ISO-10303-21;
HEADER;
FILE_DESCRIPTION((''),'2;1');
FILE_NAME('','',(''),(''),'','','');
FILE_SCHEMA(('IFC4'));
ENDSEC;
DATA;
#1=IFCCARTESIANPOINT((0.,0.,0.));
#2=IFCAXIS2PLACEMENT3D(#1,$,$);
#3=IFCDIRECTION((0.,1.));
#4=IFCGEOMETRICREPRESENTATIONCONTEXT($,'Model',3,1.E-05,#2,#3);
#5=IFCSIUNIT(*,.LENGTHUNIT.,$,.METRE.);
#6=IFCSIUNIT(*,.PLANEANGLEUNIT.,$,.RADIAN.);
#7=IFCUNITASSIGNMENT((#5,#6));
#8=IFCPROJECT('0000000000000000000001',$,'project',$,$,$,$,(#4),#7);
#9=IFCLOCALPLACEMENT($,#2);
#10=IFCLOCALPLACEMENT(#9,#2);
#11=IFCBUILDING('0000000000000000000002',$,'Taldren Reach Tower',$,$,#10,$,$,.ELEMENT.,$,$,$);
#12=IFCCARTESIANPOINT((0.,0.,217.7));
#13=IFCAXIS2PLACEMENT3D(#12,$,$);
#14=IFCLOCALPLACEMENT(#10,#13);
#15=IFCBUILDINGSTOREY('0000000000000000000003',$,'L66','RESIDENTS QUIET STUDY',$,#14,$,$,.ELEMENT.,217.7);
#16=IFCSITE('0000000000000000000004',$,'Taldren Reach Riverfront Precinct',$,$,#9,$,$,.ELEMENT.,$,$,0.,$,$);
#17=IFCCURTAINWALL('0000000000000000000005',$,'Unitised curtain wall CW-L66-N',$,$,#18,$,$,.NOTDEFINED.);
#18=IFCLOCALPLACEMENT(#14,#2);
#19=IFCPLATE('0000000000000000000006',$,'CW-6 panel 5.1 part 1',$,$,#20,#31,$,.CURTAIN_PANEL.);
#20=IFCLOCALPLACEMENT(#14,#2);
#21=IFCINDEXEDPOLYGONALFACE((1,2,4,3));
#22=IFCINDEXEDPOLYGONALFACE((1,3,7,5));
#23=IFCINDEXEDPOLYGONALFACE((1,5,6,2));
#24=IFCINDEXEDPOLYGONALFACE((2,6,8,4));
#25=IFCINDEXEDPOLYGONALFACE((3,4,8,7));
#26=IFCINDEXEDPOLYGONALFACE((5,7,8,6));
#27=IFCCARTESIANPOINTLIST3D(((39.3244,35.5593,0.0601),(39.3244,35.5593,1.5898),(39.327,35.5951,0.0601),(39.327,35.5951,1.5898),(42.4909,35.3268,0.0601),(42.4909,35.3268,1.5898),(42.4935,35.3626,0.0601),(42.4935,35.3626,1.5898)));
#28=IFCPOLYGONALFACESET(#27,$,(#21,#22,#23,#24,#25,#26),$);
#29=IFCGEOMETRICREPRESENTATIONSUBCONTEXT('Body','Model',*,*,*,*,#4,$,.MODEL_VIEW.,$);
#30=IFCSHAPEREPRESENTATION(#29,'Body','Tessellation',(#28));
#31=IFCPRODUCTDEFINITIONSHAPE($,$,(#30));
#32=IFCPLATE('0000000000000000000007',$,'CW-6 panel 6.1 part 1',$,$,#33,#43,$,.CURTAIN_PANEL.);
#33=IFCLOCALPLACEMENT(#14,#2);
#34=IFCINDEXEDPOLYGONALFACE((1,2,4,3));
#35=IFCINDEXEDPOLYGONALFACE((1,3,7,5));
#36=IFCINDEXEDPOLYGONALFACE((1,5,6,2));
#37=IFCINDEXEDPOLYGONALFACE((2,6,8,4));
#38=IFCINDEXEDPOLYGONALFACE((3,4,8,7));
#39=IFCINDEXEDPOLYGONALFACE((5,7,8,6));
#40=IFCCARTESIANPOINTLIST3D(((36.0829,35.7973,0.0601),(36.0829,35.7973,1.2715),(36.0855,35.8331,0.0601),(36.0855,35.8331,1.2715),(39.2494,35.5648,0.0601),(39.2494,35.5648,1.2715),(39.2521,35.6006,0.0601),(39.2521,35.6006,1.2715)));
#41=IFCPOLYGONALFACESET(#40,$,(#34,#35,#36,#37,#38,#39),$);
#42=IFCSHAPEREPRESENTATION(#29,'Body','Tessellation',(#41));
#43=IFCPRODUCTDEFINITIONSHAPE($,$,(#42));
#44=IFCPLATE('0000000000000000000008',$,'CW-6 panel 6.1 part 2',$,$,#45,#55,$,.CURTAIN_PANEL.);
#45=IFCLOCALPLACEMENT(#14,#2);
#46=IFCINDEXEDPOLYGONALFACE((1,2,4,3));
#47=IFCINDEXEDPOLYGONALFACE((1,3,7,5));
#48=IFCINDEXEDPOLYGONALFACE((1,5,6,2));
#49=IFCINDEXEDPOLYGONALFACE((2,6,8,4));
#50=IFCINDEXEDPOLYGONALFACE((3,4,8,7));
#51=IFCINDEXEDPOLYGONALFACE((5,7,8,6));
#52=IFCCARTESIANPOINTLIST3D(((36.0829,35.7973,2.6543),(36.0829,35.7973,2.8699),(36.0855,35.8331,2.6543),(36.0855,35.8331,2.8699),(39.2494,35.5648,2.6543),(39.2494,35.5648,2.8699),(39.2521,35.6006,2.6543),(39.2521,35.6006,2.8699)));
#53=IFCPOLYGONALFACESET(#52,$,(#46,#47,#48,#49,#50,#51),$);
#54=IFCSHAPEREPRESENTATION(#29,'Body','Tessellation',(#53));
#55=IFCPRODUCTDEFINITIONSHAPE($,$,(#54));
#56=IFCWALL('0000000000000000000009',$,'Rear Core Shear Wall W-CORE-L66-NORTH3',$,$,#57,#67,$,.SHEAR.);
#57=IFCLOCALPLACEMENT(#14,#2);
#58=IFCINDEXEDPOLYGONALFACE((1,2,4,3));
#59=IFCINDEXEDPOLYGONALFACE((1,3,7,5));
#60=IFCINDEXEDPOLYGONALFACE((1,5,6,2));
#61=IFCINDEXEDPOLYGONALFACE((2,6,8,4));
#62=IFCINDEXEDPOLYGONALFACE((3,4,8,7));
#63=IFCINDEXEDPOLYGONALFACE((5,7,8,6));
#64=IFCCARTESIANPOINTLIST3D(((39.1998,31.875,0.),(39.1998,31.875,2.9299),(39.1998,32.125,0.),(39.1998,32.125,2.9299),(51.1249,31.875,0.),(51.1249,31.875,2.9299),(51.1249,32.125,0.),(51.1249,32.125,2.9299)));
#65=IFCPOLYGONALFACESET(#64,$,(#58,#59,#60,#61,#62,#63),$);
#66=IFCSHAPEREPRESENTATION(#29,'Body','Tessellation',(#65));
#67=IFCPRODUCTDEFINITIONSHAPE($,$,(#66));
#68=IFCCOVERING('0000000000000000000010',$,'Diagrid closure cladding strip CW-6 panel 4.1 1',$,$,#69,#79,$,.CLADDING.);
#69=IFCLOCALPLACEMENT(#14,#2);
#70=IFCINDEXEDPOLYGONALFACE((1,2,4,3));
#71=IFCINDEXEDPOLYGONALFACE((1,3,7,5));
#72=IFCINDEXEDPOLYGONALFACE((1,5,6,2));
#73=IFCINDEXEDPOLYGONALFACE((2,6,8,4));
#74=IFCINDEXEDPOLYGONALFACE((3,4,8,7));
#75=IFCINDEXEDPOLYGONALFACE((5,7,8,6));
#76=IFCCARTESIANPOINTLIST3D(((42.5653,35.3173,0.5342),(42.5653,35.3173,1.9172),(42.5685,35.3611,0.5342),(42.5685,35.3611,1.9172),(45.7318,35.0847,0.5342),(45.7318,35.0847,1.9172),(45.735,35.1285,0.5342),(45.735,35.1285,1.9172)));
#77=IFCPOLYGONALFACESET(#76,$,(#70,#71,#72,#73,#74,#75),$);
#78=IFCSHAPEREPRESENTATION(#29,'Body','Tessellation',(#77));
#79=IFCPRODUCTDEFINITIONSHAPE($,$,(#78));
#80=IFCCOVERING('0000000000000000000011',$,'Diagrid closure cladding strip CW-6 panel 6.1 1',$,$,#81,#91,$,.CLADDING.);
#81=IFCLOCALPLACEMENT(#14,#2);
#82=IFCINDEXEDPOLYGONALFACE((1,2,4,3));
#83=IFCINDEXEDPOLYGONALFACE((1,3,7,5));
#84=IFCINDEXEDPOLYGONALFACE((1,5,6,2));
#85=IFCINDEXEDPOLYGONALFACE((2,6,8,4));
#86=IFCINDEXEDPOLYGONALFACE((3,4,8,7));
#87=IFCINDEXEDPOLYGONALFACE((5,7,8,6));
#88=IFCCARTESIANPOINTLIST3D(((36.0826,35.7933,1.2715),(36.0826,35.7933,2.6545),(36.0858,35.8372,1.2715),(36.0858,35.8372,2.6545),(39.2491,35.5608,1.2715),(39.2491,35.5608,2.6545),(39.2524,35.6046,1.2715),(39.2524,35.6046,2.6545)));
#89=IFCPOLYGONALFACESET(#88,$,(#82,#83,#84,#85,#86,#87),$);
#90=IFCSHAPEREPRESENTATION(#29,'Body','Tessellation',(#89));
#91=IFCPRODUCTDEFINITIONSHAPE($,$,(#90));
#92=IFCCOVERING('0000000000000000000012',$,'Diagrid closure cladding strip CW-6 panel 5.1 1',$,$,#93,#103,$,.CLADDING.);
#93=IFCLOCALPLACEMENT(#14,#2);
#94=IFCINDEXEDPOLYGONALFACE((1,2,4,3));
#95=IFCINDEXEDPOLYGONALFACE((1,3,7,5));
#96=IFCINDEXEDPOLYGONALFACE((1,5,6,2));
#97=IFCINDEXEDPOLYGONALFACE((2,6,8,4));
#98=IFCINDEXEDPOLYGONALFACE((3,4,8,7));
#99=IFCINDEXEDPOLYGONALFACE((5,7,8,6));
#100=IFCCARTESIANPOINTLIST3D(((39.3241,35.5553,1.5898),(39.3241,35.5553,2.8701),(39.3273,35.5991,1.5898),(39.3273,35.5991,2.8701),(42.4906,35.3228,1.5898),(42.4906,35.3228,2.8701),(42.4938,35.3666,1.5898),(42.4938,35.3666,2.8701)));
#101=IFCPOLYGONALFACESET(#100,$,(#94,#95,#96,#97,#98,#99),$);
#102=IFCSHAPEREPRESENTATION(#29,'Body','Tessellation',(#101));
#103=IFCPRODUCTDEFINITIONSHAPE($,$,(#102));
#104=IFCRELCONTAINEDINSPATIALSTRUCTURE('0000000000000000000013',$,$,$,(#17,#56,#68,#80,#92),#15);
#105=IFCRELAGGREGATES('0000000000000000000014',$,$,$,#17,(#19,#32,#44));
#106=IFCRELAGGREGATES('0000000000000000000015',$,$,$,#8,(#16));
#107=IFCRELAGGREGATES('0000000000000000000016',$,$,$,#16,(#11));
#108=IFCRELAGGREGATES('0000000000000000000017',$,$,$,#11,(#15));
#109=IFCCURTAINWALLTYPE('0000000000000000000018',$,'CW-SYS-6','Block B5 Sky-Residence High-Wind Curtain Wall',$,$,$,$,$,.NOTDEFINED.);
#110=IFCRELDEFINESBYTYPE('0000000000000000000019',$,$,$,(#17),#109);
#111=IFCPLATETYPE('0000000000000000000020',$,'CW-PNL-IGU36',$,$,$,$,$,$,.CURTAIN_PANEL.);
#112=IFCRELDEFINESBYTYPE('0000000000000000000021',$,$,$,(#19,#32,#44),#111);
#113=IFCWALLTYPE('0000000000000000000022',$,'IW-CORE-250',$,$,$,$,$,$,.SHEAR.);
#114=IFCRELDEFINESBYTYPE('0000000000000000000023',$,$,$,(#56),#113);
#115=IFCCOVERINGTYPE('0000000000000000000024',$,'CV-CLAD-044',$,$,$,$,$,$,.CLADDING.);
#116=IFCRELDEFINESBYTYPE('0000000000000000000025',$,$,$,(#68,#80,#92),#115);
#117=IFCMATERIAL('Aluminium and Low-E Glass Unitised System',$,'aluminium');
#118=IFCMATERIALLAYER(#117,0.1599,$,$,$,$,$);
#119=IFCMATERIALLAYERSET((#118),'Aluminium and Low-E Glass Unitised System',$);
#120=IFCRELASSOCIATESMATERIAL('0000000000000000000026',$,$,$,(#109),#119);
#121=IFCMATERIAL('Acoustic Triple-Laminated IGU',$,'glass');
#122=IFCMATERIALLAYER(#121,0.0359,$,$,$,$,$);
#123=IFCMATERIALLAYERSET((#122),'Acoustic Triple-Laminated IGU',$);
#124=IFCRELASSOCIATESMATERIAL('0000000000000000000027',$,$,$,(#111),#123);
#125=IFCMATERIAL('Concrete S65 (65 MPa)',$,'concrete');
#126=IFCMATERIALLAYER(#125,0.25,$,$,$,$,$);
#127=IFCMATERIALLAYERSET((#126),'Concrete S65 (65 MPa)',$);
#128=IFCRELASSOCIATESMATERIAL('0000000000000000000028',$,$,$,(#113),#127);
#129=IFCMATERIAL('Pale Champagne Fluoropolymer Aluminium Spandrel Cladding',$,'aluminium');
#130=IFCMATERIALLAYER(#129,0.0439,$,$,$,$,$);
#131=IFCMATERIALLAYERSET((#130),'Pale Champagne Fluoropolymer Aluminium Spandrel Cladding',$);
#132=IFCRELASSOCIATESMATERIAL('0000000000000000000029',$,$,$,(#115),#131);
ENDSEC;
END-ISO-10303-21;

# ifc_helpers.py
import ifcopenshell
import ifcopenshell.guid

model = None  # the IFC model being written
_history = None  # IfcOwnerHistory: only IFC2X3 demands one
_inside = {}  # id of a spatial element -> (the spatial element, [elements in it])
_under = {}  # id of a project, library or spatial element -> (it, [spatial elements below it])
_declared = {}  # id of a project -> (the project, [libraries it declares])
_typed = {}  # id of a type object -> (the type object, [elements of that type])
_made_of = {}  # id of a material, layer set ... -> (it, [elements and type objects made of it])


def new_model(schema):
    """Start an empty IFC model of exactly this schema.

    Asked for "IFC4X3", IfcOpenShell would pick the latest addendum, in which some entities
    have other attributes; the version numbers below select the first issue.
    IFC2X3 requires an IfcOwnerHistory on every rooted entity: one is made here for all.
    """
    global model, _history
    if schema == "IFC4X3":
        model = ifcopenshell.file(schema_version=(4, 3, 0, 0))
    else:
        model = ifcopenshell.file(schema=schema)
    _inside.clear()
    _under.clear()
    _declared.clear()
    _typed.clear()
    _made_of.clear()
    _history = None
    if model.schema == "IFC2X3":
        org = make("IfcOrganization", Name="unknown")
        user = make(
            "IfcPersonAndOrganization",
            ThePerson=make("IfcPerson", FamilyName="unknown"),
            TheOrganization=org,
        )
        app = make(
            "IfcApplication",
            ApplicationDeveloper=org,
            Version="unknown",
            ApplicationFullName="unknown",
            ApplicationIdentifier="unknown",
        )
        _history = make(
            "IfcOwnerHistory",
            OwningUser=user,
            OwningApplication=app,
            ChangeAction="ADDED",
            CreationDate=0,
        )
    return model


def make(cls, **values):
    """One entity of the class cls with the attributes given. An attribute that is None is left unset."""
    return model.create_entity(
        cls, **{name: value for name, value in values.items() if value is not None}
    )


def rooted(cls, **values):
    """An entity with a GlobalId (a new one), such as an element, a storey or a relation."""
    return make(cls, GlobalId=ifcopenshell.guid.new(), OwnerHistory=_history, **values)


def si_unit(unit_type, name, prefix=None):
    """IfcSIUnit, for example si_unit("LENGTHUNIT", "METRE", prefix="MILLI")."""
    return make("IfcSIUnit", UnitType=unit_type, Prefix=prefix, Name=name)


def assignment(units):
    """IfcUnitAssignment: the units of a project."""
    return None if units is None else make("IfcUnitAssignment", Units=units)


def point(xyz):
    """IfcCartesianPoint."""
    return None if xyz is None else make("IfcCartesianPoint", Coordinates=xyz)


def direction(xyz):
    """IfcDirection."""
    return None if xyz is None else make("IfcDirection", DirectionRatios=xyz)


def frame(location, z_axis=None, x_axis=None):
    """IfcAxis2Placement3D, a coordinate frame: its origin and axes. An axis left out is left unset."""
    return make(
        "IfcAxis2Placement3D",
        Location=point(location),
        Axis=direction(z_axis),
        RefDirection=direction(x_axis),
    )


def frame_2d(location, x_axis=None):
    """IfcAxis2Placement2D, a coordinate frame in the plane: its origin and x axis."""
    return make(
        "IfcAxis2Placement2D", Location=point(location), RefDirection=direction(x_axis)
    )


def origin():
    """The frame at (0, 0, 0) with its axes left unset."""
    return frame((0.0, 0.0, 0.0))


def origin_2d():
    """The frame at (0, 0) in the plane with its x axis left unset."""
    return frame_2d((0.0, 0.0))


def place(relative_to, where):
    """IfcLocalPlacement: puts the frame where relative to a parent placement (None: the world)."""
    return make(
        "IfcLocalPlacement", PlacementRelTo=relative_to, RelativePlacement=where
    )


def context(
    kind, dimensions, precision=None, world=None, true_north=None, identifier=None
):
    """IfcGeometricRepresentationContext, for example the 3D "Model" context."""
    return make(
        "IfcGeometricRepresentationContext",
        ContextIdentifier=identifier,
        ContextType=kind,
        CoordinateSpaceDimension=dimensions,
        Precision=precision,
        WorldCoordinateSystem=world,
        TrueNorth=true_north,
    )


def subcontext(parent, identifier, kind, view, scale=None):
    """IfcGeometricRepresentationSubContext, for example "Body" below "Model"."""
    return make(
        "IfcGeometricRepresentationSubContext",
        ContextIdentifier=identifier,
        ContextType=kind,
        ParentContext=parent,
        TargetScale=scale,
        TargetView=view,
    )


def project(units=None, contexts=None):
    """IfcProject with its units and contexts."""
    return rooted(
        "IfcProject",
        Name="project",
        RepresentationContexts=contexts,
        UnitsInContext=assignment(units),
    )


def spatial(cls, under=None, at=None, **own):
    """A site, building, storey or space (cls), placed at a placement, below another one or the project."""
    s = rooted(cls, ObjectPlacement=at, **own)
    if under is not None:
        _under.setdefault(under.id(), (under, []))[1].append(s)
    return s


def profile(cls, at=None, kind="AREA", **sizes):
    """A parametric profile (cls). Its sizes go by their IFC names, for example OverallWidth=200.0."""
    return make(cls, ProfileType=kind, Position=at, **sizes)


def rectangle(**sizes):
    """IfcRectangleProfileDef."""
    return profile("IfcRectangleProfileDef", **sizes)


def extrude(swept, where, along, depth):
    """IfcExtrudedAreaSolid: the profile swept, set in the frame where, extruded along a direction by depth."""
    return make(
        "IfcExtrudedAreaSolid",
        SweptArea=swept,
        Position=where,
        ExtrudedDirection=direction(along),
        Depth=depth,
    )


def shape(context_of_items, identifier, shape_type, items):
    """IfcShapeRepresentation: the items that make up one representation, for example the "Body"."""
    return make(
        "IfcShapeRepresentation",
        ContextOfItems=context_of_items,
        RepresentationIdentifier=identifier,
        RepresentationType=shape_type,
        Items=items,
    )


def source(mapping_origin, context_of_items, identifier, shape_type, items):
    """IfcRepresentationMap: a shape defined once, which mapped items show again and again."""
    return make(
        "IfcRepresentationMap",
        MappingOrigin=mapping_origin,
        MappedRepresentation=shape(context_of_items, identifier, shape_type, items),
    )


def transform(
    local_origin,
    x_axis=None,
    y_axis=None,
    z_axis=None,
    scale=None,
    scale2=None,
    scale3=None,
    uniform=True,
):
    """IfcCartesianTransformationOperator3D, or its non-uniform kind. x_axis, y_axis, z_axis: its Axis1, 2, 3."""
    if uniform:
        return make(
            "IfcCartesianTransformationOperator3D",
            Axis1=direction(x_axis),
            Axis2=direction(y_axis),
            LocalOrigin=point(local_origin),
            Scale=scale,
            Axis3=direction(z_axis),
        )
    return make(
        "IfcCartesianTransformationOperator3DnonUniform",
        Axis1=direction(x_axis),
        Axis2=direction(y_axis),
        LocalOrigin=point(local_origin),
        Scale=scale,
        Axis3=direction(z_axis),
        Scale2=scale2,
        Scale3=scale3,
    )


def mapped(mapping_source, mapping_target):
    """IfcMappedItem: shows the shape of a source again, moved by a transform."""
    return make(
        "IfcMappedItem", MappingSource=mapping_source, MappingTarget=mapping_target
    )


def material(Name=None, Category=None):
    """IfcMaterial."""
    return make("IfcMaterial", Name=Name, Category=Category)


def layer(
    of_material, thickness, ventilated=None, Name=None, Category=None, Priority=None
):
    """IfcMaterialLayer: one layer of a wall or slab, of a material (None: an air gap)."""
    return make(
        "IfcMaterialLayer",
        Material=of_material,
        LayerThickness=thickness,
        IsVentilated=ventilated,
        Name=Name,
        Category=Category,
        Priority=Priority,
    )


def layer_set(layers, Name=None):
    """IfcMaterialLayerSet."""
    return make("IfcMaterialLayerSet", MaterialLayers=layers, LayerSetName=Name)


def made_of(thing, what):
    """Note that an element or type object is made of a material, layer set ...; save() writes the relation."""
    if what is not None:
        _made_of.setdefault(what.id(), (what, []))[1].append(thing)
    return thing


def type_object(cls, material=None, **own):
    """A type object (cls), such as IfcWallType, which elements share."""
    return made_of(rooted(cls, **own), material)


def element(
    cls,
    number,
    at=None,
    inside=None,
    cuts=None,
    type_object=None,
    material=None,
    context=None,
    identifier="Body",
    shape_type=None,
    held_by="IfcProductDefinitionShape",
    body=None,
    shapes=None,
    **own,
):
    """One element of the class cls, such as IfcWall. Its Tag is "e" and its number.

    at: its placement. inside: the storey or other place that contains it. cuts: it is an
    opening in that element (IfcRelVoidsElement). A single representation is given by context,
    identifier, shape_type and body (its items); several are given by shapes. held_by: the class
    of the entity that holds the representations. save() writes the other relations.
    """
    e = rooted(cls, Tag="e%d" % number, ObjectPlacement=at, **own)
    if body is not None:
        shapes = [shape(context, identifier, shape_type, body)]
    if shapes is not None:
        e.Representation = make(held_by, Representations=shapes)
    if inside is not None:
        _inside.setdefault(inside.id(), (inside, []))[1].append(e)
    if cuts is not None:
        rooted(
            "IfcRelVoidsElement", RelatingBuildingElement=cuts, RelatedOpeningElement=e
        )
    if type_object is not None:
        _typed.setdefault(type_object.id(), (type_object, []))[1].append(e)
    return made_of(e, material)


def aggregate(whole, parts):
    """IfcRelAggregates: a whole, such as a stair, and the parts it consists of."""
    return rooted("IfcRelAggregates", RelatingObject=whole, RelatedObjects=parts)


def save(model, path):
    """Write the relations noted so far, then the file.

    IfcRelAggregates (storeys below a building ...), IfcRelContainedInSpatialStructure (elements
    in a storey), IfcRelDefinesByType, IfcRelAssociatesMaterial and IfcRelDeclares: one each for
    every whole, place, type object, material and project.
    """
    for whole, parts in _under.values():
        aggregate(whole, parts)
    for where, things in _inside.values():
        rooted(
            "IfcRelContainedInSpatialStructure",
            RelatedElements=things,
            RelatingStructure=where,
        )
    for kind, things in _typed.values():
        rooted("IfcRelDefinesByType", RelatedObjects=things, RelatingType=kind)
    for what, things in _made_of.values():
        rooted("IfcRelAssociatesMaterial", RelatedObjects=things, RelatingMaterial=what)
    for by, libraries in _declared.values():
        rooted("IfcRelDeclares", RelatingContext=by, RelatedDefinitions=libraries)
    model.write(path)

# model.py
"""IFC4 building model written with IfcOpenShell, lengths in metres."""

from ifc_helpers import new_model, si_unit, direction, frame, frame_2d, origin, origin_2d, place, context, subcontext, project, spatial, rectangle, extrude, source, transform, mapped, material, layer, layer_set, type_object, element, aggregate, save


model = new_model("IFC4")

# Units and contexts
model_context = context("Model", 3, precision=1e-05, world=origin(), true_north=direction((0.0, 1.0)))
body_context = subcontext(model_context, "Body", "Model", "MODEL_VIEW")
ifc_project = project(units=[si_unit("LENGTHUNIT", "METRE"), si_unit("PLANEANGLEUNIT", "RADIAN")], contexts=[model_context])

# Site, building, storey
site_placement = place(None, origin())
site = spatial("IfcSite", under=ifc_project, at=site_placement, Name="Taldren Reach Riverfront Precinct", CompositionType="ELEMENT", RefElevation=0.0)
building_placement = place(site_placement, origin())
building = spatial("IfcBuilding", under=site, at=building_placement, Name="Taldren Reach Tower", CompositionType="ELEMENT")
storey_placement = place(building_placement, frame((0.0, 0.0, 217.7)))
storey = spatial("IfcBuildingStorey", under=building, at=storey_placement, Name="L66", Description="RESIDENTS QUIET STUDY", CompositionType="ELEMENT", Elevation=217.7)

# Curtain wall
ifc_material_1 = material(Name="Aluminium and Low-E Glass Unitised System", Category="aluminium")
ifc_layer_1 = layer(ifc_material_1, 0.1599)
ifc_layer_set_1 = layer_set([ifc_layer_1], Name="Aluminium and Low-E Glass Unitised System")
curtain_wall_type = type_object("IfcCurtainWallType", Name="CW-SYS-6", Description="Block B5 Sky-Residence High-Wind Curtain Wall", PredefinedType="NOTDEFINED", material=ifc_layer_set_1)
curtain_wall_placement = place(storey_placement, origin())
curtain_wall = element("IfcCurtainWall", 1, at=curtain_wall_placement, inside=storey, type_object=curtain_wall_type, Name="Unitised curtain wall CW-L66-N", PredefinedType="NOTDEFINED")

# Plates
ifc_material_2 = material(Name="Acoustic Triple-Laminated IGU", Category="glass")
ifc_layer_2 = layer(ifc_material_2, 0.0359)
ifc_layer_set_2 = layer_set([ifc_layer_2], Name="Acoustic Triple-Laminated IGU")
plate_type_1 = type_object("IfcPlateType", Name="CW-PNL-IGU36", PredefinedType="CURTAIN_PANEL", material=ifc_layer_set_2)
shared_shape_1 = source(origin(), body_context, "Body", "SweptSolid", [
    extrude(rectangle(XDim=3.175, YDim=0.0359, at=origin_2d()), origin(), (0.0, 0.0, 1.0), 1.5298),
])
plate_1_placement = place(storey_placement, frame((40.9089, 35.4609, 0.0601), z_axis=(0.0, 0.0, 1.0), x_axis=(-0.997314, 0.073238, 0.0)))
plate_1 = element("IfcPlate", 2, at=plate_1_placement, type_object=plate_type_1, Name="CW-6 panel 5.1 part 1", PredefinedType="CURTAIN_PANEL", context=body_context, shape_type="MappedRepresentation", body=[
    mapped(shared_shape_1, transform((0.0, 0.0, 0.0), scale=1.0)),
])
shared_shape_2 = source(origin(), body_context, "Body", "SweptSolid", [
    extrude(rectangle(XDim=3.175, YDim=0.0359, at=origin_2d()), origin(), (0.0, 0.0, 1.0), 1.2114),
])
plate_2_placement = place(storey_placement, frame((37.6675, 35.699, 0.0601), z_axis=(0.0, 0.0, 1.0), x_axis=(-0.997314, 0.073238, 0.0)))
plate_2 = element("IfcPlate", 3, at=plate_2_placement, type_object=plate_type_1, Name="CW-6 panel 6.1 part 1", PredefinedType="CURTAIN_PANEL", context=body_context, shape_type="MappedRepresentation", body=[
    mapped(shared_shape_2, transform((0.0, 0.0, 0.0), scale=1.0)),
])
shared_shape_3 = source(origin(), body_context, "Body", "SweptSolid", [
    extrude(rectangle(XDim=3.175, YDim=0.0359, at=origin_2d()), origin(), (0.0, 0.0, 1.0), 0.2156),
])
plate_3_placement = place(storey_placement, frame((37.6675, 35.699, 2.6543), z_axis=(0.0, 0.0, 1.0), x_axis=(-0.997314, 0.073238, 0.0)))
plate_3 = element("IfcPlate", 4, at=plate_3_placement, type_object=plate_type_1, Name="CW-6 panel 6.1 part 2", PredefinedType="CURTAIN_PANEL", context=body_context, shape_type="MappedRepresentation", body=[
    mapped(shared_shape_3, transform((0.0, 0.0, 0.0), scale=1.0)),
])
aggregate(curtain_wall, [plate_1, plate_2, plate_3])

# Wall
ifc_material_3 = material(Name="Concrete S65 (65 MPa)", Category="concrete")
ifc_layer_3 = layer(ifc_material_3, 0.25)
ifc_layer_set_3 = layer_set([ifc_layer_3], Name="Concrete S65 (65 MPa)")
wall_type = type_object("IfcWallType", Name="IW-CORE-250", PredefinedType="SHEAR", material=ifc_layer_set_3)
shared_shape_4 = source(origin(), body_context, "Body", "SweptSolid", [
    extrude(rectangle(XDim=11.925, YDim=0.25, at=frame_2d((5.9624, 0.0))), origin(), (0.0, 0.0, 1.0), 2.9299),
])
wall_placement = place(storey_placement, frame((39.2, 32.0, 0.0), z_axis=(0.0, 0.0, 1.0), x_axis=(1.0, 0.0, 0.0)))
element("IfcWall", 5, at=wall_placement, inside=storey, type_object=wall_type, Name="Rear Core Shear Wall W-CORE-L66-NORTH3", PredefinedType="SHEAR", context=body_context, shape_type="MappedRepresentation", body=[
    mapped(shared_shape_4, transform((0.0, 0.0, 0.0), scale=1.0)),
])

# Coverings
ifc_material_4 = material(Name="Pale Champagne Fluoropolymer Aluminium Spandrel Cladding", Category="aluminium")
ifc_layer_4 = layer(ifc_material_4, 0.0439)
ifc_layer_set_4 = layer_set([ifc_layer_4], Name="Pale Champagne Fluoropolymer Aluminium Spandrel Cladding")
covering_type = type_object("IfcCoveringType", Name="CV-CLAD-044", PredefinedType="CLADDING", material=ifc_layer_set_4)
shared_shape_5 = source(origin(), body_context, "Body", "SweptSolid", [
    extrude(rectangle(XDim=3.175, YDim=0.0439, at=origin_2d()), origin(), (0.0, 0.0, 1.0), 1.3831),
])
for number, where, z_axis, x_axis, name in (
    (6, (44.1501, 35.2229, 0.5342), (0.0, 0.0, 1.0), (-0.997314, 0.073238, 0.0), "Diagrid closure cladding strip CW-6 panel 4.1 1"),
    (7, (37.6675, 35.699, 1.2715), (0.0, 0.0, 1.0), (-0.997314, 0.073238, 0.0), "Diagrid closure cladding strip CW-6 panel 6.1 1"),
):
    element("IfcCovering", number, at=place(storey_placement, frame(where, z_axis=z_axis, x_axis=x_axis)), inside=storey, type_object=covering_type, Name=name, PredefinedType="CLADDING", context=body_context, shape_type="MappedRepresentation", body=[
        mapped(shared_shape_5, transform((0.0, 0.0, 0.0), scale=1.0)),
    ])
shared_shape_6 = source(origin(), body_context, "Body", "SweptSolid", [
    extrude(rectangle(XDim=3.175, YDim=0.0439, at=origin_2d()), origin(), (0.0, 0.0, 1.0), 1.2803),
])
covering_placement = place(storey_placement, frame((40.9089, 35.4609, 1.5898), z_axis=(0.0, 0.0, 1.0), x_axis=(-0.997314, 0.073238, 0.0)))
element("IfcCovering", 8, at=covering_placement, inside=storey, type_object=covering_type, Name="Diagrid closure cladding strip CW-6 panel 5.1 1", PredefinedType="CLADDING", context=body_context, shape_type="MappedRepresentation", body=[
    mapped(shared_shape_6, transform((0.0, 0.0, 0.0), scale=1.0)),
])

save(model, "model.ifc")
